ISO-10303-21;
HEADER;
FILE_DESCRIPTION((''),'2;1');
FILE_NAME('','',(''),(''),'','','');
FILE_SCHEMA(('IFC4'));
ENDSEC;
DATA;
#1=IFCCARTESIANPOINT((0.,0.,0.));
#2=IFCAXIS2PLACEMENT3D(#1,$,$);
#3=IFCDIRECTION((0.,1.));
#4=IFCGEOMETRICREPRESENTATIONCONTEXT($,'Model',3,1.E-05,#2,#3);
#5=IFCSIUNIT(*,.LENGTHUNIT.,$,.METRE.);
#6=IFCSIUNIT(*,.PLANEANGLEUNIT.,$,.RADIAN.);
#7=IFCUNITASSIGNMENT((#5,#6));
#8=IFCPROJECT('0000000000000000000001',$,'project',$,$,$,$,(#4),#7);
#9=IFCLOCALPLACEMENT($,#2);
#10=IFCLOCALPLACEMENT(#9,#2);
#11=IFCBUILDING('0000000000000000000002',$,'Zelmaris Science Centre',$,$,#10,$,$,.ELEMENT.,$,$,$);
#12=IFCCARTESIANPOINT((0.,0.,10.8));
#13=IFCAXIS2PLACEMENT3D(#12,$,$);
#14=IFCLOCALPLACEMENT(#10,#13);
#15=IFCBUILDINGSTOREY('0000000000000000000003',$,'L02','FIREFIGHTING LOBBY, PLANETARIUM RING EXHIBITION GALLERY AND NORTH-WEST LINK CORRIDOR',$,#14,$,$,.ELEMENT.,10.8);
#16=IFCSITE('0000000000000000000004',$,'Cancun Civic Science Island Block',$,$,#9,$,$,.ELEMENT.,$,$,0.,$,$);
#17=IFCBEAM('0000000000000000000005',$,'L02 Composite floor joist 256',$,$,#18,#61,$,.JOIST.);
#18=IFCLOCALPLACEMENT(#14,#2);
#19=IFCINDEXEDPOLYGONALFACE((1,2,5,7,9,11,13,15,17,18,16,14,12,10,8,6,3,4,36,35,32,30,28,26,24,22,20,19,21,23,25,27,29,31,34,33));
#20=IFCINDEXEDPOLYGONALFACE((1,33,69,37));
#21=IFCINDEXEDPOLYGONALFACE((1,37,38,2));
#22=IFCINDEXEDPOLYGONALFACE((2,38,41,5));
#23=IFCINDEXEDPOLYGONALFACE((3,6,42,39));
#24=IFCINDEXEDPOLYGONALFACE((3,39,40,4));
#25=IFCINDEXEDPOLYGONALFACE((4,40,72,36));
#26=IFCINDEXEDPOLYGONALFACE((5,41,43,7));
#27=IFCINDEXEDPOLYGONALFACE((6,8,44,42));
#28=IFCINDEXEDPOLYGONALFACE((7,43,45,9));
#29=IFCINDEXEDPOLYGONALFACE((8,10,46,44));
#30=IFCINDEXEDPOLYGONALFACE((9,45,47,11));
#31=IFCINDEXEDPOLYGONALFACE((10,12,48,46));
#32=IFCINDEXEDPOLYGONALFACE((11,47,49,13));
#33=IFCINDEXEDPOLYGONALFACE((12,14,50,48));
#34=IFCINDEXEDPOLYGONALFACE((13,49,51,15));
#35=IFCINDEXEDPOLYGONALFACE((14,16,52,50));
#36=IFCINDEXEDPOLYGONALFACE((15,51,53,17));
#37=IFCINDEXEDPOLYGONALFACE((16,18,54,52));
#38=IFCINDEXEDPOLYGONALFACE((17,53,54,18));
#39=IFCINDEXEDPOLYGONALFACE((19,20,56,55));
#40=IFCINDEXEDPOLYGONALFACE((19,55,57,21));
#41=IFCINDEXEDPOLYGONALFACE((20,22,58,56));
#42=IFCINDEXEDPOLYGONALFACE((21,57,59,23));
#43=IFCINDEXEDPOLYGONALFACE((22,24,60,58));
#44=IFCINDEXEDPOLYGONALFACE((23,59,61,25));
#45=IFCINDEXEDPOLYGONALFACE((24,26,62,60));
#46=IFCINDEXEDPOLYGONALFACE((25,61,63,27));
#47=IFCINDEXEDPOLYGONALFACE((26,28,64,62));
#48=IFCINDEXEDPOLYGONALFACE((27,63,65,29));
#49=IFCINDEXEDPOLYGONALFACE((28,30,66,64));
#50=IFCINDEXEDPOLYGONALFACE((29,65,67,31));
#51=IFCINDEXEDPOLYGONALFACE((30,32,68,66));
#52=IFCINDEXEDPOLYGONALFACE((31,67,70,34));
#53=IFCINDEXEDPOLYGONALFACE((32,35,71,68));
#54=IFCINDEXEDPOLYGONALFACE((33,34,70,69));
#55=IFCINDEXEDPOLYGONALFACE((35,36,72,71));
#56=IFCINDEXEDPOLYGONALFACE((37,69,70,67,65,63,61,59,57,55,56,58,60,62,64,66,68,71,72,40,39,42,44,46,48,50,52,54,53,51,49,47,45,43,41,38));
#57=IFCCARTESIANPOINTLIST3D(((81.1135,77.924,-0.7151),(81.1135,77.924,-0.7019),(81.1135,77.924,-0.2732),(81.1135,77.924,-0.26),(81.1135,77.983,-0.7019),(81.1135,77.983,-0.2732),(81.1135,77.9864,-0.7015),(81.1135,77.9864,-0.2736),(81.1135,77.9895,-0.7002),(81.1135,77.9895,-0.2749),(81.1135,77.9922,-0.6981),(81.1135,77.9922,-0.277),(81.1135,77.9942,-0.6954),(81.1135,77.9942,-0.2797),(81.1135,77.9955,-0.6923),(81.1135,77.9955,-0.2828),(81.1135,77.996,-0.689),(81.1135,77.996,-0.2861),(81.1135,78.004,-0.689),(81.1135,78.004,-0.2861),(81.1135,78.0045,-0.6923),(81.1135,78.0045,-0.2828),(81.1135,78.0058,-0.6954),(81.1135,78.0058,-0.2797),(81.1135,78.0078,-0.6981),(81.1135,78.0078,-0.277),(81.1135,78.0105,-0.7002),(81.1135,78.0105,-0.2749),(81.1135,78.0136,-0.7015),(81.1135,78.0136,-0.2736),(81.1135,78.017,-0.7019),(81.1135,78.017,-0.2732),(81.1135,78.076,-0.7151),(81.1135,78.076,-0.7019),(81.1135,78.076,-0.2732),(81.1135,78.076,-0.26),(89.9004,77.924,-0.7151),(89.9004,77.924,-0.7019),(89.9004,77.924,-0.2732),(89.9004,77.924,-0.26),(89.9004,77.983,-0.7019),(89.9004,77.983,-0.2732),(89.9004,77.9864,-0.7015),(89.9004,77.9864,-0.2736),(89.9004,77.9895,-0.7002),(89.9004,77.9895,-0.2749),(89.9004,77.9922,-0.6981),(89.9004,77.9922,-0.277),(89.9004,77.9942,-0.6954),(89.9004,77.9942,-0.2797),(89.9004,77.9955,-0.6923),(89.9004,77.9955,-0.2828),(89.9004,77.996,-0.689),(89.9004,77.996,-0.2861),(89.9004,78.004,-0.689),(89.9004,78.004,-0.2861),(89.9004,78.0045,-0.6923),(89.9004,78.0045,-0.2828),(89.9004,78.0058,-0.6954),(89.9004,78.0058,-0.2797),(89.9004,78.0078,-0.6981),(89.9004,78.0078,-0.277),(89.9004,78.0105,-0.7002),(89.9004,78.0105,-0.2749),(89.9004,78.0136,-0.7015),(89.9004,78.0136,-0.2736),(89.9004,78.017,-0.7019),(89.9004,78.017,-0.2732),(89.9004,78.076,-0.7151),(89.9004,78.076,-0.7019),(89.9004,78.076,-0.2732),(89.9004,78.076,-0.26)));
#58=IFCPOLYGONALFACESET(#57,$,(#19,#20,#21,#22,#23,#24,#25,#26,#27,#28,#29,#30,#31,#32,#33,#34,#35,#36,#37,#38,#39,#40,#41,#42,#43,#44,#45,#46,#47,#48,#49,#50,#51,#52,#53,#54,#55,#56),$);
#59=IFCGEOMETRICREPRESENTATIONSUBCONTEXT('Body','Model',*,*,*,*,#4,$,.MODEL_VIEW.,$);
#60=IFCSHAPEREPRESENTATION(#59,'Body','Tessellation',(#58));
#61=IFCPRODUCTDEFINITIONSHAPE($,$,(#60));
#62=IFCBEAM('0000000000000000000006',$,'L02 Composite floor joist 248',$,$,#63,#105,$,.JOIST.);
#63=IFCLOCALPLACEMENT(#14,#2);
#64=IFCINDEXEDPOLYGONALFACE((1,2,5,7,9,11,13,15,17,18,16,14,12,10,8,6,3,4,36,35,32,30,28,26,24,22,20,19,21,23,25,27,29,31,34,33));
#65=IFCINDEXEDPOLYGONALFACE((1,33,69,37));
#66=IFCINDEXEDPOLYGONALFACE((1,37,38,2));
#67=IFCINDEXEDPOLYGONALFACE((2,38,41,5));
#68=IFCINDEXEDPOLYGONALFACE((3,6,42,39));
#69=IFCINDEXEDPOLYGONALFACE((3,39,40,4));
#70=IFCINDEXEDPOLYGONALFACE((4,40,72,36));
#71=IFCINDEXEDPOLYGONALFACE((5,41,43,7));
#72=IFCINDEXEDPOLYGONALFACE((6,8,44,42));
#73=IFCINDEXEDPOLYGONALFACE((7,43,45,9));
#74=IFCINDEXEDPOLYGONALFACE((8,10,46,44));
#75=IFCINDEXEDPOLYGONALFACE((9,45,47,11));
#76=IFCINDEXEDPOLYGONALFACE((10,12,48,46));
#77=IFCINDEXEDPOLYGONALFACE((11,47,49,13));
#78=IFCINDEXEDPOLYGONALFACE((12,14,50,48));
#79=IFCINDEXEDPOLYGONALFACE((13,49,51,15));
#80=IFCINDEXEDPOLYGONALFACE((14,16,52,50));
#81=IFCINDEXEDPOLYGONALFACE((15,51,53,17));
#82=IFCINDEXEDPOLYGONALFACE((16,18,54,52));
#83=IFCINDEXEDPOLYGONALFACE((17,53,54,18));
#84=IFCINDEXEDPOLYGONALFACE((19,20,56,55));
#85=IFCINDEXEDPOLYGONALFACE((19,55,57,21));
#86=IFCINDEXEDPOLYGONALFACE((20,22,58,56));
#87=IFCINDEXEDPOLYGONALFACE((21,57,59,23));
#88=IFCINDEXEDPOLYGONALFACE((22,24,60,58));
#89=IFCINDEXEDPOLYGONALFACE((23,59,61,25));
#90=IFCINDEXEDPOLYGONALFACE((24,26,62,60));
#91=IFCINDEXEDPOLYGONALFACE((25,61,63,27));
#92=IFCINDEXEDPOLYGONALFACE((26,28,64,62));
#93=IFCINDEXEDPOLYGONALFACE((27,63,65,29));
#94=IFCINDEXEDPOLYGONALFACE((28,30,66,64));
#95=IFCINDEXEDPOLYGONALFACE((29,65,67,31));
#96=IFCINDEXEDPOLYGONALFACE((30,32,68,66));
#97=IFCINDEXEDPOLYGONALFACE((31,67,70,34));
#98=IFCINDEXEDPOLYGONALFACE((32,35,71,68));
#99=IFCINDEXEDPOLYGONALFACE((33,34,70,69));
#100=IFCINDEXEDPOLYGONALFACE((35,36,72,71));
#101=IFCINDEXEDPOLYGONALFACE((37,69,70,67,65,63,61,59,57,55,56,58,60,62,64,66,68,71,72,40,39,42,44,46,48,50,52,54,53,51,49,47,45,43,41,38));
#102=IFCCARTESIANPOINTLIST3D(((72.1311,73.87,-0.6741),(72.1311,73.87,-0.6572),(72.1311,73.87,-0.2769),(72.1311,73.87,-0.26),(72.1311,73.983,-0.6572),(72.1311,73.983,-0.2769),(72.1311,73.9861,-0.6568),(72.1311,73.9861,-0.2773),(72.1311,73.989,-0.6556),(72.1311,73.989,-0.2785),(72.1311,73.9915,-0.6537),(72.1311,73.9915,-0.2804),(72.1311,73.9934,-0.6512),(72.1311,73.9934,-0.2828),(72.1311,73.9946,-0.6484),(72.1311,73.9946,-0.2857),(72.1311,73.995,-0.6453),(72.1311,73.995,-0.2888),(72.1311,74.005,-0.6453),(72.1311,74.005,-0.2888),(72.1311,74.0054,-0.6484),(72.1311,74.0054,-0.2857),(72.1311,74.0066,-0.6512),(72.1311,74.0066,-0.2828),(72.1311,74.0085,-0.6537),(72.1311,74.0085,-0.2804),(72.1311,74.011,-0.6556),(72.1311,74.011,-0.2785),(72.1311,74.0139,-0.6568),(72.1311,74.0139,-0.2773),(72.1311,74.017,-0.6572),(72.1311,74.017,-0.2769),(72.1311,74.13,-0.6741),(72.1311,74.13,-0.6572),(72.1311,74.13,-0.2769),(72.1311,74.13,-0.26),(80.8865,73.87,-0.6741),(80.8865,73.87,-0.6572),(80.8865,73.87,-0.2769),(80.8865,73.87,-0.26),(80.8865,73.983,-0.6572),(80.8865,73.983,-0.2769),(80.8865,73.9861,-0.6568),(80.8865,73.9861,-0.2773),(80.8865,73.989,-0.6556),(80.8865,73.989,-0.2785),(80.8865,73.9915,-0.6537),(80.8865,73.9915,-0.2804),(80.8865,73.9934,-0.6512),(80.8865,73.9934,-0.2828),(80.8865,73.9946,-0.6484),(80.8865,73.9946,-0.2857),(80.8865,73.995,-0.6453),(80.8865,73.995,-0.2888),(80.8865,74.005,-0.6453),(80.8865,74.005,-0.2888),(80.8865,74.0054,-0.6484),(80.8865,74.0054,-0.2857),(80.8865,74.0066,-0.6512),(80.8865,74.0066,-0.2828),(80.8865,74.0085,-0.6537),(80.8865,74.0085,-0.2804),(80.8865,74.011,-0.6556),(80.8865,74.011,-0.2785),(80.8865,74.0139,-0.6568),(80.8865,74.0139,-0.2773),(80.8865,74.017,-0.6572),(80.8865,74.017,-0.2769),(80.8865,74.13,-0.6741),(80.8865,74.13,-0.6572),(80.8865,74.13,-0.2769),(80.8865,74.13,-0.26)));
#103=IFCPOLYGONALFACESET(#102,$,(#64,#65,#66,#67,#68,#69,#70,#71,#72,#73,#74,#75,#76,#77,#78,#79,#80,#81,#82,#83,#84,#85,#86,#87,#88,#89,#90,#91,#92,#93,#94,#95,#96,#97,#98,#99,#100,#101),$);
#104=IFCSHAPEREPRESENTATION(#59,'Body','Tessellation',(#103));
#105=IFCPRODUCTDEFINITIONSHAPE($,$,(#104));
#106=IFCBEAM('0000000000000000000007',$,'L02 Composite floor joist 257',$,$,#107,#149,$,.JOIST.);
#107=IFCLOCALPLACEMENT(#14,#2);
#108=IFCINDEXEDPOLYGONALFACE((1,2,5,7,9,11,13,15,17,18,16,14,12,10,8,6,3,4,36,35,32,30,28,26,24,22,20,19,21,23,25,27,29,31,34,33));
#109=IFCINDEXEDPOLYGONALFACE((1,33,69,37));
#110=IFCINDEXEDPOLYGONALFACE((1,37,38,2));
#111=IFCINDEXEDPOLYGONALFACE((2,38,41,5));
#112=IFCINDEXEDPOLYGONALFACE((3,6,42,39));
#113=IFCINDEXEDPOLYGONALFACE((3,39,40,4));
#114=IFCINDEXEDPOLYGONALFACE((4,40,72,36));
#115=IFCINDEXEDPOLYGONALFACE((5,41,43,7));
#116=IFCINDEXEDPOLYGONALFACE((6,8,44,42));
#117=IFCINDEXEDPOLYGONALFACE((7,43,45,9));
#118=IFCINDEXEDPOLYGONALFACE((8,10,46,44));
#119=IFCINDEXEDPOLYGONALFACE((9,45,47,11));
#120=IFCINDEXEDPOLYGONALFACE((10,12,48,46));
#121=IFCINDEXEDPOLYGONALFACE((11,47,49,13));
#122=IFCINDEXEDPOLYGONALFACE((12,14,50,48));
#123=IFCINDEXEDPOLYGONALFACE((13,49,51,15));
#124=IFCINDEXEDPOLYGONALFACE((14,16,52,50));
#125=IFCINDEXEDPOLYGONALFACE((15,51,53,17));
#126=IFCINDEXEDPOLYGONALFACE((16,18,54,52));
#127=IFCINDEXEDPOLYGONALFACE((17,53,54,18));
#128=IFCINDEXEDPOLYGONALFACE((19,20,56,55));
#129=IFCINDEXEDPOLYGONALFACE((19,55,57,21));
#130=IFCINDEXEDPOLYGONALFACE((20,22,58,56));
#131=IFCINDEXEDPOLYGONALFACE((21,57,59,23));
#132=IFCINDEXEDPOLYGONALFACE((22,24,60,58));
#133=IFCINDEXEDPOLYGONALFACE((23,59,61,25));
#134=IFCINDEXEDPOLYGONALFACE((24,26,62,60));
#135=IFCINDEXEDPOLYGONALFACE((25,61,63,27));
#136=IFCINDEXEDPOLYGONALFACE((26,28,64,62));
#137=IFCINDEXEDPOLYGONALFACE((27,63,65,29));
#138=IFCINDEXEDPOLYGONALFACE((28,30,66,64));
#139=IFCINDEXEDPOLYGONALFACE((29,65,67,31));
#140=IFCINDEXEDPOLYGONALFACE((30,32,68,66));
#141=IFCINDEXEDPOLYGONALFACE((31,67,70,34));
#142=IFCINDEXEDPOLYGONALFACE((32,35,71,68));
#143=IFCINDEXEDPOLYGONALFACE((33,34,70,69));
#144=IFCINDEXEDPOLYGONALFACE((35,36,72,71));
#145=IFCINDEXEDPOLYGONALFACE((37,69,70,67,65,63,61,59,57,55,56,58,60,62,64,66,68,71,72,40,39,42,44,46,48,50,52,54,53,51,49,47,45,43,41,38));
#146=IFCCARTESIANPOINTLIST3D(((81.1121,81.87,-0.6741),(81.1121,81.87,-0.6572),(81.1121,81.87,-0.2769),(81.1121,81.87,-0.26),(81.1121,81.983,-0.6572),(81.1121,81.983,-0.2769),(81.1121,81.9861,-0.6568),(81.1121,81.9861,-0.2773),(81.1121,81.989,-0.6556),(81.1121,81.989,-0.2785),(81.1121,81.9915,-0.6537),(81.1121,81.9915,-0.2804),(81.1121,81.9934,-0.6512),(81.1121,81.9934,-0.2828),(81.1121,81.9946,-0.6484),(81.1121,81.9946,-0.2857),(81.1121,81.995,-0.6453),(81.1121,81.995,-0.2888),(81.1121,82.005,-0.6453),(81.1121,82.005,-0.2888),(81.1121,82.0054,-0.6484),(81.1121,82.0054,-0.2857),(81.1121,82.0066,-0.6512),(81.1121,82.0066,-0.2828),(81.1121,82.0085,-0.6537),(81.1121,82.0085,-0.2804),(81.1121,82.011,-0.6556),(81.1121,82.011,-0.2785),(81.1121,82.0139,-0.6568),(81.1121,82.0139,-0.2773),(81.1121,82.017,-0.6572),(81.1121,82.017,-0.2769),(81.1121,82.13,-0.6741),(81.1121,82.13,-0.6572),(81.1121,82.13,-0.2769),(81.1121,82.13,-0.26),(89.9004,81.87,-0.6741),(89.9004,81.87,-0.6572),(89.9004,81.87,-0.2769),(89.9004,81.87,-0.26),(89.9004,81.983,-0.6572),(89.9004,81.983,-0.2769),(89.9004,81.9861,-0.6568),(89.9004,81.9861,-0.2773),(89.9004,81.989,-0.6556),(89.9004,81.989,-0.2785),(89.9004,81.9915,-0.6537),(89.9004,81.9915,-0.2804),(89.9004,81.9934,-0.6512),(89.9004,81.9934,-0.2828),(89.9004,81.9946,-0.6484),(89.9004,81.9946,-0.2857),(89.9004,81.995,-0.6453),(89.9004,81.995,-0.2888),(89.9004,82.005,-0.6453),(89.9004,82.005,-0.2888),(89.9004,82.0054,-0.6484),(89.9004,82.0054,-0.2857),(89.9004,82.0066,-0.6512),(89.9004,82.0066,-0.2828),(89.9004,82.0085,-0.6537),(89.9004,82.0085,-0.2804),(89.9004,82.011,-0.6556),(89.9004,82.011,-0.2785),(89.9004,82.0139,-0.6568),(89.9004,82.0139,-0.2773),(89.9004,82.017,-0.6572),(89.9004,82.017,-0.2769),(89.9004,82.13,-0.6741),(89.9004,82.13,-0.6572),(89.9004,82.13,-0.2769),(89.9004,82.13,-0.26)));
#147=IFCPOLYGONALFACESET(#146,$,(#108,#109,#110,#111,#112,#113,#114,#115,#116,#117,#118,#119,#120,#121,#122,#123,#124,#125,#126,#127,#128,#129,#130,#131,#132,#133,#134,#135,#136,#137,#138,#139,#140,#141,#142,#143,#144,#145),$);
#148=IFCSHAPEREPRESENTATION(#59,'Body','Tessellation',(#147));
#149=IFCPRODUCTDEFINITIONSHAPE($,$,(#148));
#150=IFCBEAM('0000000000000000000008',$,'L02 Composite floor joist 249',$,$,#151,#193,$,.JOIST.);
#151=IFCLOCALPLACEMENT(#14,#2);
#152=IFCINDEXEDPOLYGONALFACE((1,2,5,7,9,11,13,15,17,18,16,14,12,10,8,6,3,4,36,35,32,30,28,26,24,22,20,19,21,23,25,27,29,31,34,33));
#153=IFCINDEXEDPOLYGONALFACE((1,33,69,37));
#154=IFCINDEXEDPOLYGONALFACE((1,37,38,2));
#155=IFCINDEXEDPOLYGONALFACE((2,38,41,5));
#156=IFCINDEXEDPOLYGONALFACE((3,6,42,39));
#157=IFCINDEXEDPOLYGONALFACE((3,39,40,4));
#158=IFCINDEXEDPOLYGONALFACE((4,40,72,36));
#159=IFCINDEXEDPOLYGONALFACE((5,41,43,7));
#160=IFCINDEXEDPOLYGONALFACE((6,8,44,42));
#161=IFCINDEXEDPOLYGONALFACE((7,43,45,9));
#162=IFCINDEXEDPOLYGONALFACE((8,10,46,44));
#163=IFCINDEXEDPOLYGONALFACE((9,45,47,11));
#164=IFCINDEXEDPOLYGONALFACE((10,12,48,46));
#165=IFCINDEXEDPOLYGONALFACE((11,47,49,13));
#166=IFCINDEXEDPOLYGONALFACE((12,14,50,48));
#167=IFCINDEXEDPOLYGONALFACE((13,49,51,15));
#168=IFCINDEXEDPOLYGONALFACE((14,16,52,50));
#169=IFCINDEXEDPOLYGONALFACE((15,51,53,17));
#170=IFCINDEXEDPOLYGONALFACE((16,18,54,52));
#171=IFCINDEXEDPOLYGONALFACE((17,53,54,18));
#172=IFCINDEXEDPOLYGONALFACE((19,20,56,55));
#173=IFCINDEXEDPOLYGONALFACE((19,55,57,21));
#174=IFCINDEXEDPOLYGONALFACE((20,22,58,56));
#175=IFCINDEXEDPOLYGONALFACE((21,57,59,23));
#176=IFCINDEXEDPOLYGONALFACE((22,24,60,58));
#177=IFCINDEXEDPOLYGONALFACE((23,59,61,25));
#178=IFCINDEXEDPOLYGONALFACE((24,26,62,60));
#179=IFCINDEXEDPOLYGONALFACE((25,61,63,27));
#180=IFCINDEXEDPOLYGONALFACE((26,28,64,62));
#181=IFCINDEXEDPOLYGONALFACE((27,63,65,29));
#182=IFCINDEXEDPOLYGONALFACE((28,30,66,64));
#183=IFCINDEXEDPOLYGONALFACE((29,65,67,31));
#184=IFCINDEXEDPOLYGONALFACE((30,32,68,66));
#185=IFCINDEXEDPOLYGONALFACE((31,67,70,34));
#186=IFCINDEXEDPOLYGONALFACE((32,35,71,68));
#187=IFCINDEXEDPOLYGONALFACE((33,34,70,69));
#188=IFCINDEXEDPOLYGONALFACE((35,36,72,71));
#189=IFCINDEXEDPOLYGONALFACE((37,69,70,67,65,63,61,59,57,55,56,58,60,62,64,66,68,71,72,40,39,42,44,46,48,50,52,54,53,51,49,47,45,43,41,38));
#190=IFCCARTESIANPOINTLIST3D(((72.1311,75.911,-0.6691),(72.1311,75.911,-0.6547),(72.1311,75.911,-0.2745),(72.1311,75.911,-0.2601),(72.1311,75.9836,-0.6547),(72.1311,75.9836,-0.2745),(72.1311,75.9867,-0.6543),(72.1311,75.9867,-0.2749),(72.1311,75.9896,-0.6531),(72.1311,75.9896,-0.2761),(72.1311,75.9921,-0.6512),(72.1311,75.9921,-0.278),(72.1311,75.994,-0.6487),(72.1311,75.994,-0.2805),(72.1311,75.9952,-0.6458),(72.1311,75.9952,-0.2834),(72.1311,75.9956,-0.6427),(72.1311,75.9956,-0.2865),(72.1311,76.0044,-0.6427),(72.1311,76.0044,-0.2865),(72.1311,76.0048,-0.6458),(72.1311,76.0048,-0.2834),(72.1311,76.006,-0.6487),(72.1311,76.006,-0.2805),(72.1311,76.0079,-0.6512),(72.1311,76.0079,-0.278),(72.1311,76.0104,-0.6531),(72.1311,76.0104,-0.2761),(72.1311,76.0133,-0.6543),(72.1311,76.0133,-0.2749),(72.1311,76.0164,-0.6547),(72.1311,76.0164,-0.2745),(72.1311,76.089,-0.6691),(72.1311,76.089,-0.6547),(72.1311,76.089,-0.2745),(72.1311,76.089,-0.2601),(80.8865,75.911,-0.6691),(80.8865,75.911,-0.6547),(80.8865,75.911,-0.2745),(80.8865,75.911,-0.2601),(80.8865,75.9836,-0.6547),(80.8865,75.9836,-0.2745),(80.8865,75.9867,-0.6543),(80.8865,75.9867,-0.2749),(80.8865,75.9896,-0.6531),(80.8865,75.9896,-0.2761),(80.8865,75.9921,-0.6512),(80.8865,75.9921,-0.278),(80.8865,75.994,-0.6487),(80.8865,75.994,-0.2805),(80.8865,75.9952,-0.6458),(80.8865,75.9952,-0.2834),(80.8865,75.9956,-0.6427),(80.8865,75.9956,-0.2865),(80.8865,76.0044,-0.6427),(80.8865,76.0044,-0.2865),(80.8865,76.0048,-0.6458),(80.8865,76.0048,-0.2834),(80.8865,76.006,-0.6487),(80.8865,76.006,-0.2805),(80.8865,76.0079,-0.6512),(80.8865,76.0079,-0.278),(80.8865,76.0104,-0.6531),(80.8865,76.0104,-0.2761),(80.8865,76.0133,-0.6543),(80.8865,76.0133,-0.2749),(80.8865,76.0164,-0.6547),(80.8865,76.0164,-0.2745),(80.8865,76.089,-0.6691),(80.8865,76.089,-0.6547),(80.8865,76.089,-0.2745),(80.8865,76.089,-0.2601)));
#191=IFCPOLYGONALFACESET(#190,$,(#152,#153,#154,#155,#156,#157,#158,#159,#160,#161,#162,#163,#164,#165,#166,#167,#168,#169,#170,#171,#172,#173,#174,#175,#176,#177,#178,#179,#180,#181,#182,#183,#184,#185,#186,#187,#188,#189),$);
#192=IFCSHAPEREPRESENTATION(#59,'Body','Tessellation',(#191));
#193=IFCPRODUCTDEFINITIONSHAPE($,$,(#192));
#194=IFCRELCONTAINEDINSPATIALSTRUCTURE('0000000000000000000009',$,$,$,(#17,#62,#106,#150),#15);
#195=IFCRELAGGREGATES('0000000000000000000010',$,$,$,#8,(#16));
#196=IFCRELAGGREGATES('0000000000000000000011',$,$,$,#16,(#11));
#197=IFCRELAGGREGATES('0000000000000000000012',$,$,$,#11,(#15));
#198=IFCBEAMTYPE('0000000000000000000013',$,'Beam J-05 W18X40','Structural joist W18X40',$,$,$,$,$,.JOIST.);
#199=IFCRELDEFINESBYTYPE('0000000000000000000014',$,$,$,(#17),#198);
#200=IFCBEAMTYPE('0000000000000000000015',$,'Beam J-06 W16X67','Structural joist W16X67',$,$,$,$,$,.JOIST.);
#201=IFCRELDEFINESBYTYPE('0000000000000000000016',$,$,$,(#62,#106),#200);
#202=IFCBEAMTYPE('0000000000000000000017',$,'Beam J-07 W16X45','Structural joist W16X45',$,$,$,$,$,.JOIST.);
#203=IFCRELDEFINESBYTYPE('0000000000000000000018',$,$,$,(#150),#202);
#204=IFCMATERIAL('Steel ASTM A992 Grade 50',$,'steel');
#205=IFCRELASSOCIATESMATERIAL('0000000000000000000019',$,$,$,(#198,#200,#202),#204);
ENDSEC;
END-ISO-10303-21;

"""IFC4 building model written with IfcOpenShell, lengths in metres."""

from ifc_helpers import new_model, si_unit, direction, frame, origin, origin_2d, place, context, subcontext, project, spatial, i_section, extrude, material, material_profile, profile_set, type_object, element, save


model = new_model("IFC4")

# Units and contexts
model_context = context("Model", 3, precision=1e-05, world=origin(), true_north=direction((0.0, 1.0)))
body_context = subcontext(model_context, "Body", "Model", "MODEL_VIEW")
ifc_project = project(units=[si_unit("LENGTHUNIT", "METRE"), si_unit("PLANEANGLEUNIT", "RADIAN")], contexts=[model_context])

# Site, building, storey
site_placement = place(None, origin())
site = spatial("IfcSite", under=ifc_project, at=site_placement, Name="Cancun Civic Science Island Block", CompositionType="ELEMENT", RefElevation=0.0)
building_placement = place(site_placement, origin())
building = spatial("IfcBuilding", under=site, at=building_placement, Name="Zelmaris Science Centre", CompositionType="ELEMENT")
storey_placement = place(building_placement, frame((0.0, 0.0, 10.8)))
storey = spatial("IfcBuildingStorey", under=building, at=storey_placement, Name="L02", Description="FIREFIGHTING LOBBY, PLANETARIUM RING EXHIBITION GALLERY AND NORTH-WEST LINK CORRIDOR", CompositionType="ELEMENT", Elevation=10.8)

# Shared definitions
ifc_material_1 = material(Name="Steel ASTM A992 Grade 50", Category="steel")

# Beams
ifc_material_profile_1 = material_profile(ifc_material_1, i_section(OverallWidth=0.1521, OverallDepth=0.4551, WebThickness=0.0081, FlangeThickness=0.0132, FilletRadius=0.0129, at=origin_2d()), Name="W18X40")
ifc_profile_set_1 = profile_set([ifc_material_profile_1], Name="Steel ASTM A992 Grade 50")
beam_type_1 = type_object("IfcBeamType", Name="Beam J-05 W18X40", Description="Structural joist W18X40", PredefinedType="JOIST", material=ifc_profile_set_1)
beam_1_placement = place(storey_placement, frame((81.1135, 78.0, -0.4875), z_axis=(1.0, 0.0, 0.0), x_axis=(0.0, 1.0, 0.0)))
element("IfcBeam", 1, at=beam_1_placement, inside=storey, type_object=beam_type_1, Name="L02 Composite floor joist 256", PredefinedType="JOIST", context=body_context, shape_type="SweptSolid", body=[
    extrude(i_section(OverallWidth=0.1521, OverallDepth=0.4551, WebThickness=0.0081, FlangeThickness=0.0132, FilletRadius=0.0129, at=origin_2d()), origin(), (0.0, 0.0, 1.0), 8.7869),
])
ifc_material_profile_2 = material_profile(ifc_material_1, i_section(OverallWidth=0.26, OverallDepth=0.4141, WebThickness=0.01, FlangeThickness=0.0168, FilletRadius=0.012, at=origin_2d()), Name="W16X67")
ifc_profile_set_2 = profile_set([ifc_material_profile_2], Name="Steel ASTM A992 Grade 50")
beam_type_2 = type_object("IfcBeamType", Name="Beam J-06 W16X67", Description="Structural joist W16X67", PredefinedType="JOIST", material=ifc_profile_set_2)
beam_2_placement = place(storey_placement, frame((72.1311, 74.0, -0.467), z_axis=(1.0, 0.0, 0.0), x_axis=(0.0, 1.0, 0.0)))
element("IfcBeam", 2, at=beam_2_placement, inside=storey, type_object=beam_type_2, Name="L02 Composite floor joist 248", PredefinedType="JOIST", context=body_context, shape_type="SweptSolid", body=[
    extrude(i_section(OverallWidth=0.26, OverallDepth=0.4141, WebThickness=0.01, FlangeThickness=0.0168, FilletRadius=0.012, at=origin_2d()), origin(), (0.0, 0.0, 1.0), 8.7554),
])
beam_3_placement = place(storey_placement, frame((81.1121, 82.0, -0.467), z_axis=(1.0, 0.0, 0.0), x_axis=(0.0, 1.0, 0.0)))
element("IfcBeam", 3, at=beam_3_placement, inside=storey, type_object=beam_type_2, Name="L02 Composite floor joist 257", PredefinedType="JOIST", context=body_context, shape_type="SweptSolid", body=[
    extrude(i_section(OverallWidth=0.26, OverallDepth=0.4141, WebThickness=0.01, FlangeThickness=0.0168, FilletRadius=0.012, at=origin_2d()), origin(), (0.0, 0.0, 1.0), 8.7883),
])
ifc_material_profile_3 = material_profile(ifc_material_1, i_section(OverallWidth=0.178, OverallDepth=0.4089, WebThickness=0.0088, FlangeThickness=0.0144, FilletRadius=0.012, at=origin_2d()), Name="W16X45")
ifc_profile_set_3 = profile_set([ifc_material_profile_3], Name="Steel ASTM A992 Grade 50")
beam_type_3 = type_object("IfcBeamType", Name="Beam J-07 W16X45", Description="Structural joist W16X45", PredefinedType="JOIST", material=ifc_profile_set_3)
beam_4_placement = place(storey_placement, frame((72.1311, 76.0, -0.4646), z_axis=(1.0, 0.0, 0.0), x_axis=(0.0, 1.0, 0.0)))
element("IfcBeam", 4, at=beam_4_placement, inside=storey, type_object=beam_type_3, Name="L02 Composite floor joist 249", PredefinedType="JOIST", context=body_context, shape_type="SweptSolid", body=[
    extrude(i_section(OverallWidth=0.178, OverallDepth=0.4089, WebThickness=0.0088, FlangeThickness=0.0144, FilletRadius=0.012, at=origin_2d()), origin(), (0.0, 0.0, 1.0), 8.7554),
])

save(model, "model.ifc")
